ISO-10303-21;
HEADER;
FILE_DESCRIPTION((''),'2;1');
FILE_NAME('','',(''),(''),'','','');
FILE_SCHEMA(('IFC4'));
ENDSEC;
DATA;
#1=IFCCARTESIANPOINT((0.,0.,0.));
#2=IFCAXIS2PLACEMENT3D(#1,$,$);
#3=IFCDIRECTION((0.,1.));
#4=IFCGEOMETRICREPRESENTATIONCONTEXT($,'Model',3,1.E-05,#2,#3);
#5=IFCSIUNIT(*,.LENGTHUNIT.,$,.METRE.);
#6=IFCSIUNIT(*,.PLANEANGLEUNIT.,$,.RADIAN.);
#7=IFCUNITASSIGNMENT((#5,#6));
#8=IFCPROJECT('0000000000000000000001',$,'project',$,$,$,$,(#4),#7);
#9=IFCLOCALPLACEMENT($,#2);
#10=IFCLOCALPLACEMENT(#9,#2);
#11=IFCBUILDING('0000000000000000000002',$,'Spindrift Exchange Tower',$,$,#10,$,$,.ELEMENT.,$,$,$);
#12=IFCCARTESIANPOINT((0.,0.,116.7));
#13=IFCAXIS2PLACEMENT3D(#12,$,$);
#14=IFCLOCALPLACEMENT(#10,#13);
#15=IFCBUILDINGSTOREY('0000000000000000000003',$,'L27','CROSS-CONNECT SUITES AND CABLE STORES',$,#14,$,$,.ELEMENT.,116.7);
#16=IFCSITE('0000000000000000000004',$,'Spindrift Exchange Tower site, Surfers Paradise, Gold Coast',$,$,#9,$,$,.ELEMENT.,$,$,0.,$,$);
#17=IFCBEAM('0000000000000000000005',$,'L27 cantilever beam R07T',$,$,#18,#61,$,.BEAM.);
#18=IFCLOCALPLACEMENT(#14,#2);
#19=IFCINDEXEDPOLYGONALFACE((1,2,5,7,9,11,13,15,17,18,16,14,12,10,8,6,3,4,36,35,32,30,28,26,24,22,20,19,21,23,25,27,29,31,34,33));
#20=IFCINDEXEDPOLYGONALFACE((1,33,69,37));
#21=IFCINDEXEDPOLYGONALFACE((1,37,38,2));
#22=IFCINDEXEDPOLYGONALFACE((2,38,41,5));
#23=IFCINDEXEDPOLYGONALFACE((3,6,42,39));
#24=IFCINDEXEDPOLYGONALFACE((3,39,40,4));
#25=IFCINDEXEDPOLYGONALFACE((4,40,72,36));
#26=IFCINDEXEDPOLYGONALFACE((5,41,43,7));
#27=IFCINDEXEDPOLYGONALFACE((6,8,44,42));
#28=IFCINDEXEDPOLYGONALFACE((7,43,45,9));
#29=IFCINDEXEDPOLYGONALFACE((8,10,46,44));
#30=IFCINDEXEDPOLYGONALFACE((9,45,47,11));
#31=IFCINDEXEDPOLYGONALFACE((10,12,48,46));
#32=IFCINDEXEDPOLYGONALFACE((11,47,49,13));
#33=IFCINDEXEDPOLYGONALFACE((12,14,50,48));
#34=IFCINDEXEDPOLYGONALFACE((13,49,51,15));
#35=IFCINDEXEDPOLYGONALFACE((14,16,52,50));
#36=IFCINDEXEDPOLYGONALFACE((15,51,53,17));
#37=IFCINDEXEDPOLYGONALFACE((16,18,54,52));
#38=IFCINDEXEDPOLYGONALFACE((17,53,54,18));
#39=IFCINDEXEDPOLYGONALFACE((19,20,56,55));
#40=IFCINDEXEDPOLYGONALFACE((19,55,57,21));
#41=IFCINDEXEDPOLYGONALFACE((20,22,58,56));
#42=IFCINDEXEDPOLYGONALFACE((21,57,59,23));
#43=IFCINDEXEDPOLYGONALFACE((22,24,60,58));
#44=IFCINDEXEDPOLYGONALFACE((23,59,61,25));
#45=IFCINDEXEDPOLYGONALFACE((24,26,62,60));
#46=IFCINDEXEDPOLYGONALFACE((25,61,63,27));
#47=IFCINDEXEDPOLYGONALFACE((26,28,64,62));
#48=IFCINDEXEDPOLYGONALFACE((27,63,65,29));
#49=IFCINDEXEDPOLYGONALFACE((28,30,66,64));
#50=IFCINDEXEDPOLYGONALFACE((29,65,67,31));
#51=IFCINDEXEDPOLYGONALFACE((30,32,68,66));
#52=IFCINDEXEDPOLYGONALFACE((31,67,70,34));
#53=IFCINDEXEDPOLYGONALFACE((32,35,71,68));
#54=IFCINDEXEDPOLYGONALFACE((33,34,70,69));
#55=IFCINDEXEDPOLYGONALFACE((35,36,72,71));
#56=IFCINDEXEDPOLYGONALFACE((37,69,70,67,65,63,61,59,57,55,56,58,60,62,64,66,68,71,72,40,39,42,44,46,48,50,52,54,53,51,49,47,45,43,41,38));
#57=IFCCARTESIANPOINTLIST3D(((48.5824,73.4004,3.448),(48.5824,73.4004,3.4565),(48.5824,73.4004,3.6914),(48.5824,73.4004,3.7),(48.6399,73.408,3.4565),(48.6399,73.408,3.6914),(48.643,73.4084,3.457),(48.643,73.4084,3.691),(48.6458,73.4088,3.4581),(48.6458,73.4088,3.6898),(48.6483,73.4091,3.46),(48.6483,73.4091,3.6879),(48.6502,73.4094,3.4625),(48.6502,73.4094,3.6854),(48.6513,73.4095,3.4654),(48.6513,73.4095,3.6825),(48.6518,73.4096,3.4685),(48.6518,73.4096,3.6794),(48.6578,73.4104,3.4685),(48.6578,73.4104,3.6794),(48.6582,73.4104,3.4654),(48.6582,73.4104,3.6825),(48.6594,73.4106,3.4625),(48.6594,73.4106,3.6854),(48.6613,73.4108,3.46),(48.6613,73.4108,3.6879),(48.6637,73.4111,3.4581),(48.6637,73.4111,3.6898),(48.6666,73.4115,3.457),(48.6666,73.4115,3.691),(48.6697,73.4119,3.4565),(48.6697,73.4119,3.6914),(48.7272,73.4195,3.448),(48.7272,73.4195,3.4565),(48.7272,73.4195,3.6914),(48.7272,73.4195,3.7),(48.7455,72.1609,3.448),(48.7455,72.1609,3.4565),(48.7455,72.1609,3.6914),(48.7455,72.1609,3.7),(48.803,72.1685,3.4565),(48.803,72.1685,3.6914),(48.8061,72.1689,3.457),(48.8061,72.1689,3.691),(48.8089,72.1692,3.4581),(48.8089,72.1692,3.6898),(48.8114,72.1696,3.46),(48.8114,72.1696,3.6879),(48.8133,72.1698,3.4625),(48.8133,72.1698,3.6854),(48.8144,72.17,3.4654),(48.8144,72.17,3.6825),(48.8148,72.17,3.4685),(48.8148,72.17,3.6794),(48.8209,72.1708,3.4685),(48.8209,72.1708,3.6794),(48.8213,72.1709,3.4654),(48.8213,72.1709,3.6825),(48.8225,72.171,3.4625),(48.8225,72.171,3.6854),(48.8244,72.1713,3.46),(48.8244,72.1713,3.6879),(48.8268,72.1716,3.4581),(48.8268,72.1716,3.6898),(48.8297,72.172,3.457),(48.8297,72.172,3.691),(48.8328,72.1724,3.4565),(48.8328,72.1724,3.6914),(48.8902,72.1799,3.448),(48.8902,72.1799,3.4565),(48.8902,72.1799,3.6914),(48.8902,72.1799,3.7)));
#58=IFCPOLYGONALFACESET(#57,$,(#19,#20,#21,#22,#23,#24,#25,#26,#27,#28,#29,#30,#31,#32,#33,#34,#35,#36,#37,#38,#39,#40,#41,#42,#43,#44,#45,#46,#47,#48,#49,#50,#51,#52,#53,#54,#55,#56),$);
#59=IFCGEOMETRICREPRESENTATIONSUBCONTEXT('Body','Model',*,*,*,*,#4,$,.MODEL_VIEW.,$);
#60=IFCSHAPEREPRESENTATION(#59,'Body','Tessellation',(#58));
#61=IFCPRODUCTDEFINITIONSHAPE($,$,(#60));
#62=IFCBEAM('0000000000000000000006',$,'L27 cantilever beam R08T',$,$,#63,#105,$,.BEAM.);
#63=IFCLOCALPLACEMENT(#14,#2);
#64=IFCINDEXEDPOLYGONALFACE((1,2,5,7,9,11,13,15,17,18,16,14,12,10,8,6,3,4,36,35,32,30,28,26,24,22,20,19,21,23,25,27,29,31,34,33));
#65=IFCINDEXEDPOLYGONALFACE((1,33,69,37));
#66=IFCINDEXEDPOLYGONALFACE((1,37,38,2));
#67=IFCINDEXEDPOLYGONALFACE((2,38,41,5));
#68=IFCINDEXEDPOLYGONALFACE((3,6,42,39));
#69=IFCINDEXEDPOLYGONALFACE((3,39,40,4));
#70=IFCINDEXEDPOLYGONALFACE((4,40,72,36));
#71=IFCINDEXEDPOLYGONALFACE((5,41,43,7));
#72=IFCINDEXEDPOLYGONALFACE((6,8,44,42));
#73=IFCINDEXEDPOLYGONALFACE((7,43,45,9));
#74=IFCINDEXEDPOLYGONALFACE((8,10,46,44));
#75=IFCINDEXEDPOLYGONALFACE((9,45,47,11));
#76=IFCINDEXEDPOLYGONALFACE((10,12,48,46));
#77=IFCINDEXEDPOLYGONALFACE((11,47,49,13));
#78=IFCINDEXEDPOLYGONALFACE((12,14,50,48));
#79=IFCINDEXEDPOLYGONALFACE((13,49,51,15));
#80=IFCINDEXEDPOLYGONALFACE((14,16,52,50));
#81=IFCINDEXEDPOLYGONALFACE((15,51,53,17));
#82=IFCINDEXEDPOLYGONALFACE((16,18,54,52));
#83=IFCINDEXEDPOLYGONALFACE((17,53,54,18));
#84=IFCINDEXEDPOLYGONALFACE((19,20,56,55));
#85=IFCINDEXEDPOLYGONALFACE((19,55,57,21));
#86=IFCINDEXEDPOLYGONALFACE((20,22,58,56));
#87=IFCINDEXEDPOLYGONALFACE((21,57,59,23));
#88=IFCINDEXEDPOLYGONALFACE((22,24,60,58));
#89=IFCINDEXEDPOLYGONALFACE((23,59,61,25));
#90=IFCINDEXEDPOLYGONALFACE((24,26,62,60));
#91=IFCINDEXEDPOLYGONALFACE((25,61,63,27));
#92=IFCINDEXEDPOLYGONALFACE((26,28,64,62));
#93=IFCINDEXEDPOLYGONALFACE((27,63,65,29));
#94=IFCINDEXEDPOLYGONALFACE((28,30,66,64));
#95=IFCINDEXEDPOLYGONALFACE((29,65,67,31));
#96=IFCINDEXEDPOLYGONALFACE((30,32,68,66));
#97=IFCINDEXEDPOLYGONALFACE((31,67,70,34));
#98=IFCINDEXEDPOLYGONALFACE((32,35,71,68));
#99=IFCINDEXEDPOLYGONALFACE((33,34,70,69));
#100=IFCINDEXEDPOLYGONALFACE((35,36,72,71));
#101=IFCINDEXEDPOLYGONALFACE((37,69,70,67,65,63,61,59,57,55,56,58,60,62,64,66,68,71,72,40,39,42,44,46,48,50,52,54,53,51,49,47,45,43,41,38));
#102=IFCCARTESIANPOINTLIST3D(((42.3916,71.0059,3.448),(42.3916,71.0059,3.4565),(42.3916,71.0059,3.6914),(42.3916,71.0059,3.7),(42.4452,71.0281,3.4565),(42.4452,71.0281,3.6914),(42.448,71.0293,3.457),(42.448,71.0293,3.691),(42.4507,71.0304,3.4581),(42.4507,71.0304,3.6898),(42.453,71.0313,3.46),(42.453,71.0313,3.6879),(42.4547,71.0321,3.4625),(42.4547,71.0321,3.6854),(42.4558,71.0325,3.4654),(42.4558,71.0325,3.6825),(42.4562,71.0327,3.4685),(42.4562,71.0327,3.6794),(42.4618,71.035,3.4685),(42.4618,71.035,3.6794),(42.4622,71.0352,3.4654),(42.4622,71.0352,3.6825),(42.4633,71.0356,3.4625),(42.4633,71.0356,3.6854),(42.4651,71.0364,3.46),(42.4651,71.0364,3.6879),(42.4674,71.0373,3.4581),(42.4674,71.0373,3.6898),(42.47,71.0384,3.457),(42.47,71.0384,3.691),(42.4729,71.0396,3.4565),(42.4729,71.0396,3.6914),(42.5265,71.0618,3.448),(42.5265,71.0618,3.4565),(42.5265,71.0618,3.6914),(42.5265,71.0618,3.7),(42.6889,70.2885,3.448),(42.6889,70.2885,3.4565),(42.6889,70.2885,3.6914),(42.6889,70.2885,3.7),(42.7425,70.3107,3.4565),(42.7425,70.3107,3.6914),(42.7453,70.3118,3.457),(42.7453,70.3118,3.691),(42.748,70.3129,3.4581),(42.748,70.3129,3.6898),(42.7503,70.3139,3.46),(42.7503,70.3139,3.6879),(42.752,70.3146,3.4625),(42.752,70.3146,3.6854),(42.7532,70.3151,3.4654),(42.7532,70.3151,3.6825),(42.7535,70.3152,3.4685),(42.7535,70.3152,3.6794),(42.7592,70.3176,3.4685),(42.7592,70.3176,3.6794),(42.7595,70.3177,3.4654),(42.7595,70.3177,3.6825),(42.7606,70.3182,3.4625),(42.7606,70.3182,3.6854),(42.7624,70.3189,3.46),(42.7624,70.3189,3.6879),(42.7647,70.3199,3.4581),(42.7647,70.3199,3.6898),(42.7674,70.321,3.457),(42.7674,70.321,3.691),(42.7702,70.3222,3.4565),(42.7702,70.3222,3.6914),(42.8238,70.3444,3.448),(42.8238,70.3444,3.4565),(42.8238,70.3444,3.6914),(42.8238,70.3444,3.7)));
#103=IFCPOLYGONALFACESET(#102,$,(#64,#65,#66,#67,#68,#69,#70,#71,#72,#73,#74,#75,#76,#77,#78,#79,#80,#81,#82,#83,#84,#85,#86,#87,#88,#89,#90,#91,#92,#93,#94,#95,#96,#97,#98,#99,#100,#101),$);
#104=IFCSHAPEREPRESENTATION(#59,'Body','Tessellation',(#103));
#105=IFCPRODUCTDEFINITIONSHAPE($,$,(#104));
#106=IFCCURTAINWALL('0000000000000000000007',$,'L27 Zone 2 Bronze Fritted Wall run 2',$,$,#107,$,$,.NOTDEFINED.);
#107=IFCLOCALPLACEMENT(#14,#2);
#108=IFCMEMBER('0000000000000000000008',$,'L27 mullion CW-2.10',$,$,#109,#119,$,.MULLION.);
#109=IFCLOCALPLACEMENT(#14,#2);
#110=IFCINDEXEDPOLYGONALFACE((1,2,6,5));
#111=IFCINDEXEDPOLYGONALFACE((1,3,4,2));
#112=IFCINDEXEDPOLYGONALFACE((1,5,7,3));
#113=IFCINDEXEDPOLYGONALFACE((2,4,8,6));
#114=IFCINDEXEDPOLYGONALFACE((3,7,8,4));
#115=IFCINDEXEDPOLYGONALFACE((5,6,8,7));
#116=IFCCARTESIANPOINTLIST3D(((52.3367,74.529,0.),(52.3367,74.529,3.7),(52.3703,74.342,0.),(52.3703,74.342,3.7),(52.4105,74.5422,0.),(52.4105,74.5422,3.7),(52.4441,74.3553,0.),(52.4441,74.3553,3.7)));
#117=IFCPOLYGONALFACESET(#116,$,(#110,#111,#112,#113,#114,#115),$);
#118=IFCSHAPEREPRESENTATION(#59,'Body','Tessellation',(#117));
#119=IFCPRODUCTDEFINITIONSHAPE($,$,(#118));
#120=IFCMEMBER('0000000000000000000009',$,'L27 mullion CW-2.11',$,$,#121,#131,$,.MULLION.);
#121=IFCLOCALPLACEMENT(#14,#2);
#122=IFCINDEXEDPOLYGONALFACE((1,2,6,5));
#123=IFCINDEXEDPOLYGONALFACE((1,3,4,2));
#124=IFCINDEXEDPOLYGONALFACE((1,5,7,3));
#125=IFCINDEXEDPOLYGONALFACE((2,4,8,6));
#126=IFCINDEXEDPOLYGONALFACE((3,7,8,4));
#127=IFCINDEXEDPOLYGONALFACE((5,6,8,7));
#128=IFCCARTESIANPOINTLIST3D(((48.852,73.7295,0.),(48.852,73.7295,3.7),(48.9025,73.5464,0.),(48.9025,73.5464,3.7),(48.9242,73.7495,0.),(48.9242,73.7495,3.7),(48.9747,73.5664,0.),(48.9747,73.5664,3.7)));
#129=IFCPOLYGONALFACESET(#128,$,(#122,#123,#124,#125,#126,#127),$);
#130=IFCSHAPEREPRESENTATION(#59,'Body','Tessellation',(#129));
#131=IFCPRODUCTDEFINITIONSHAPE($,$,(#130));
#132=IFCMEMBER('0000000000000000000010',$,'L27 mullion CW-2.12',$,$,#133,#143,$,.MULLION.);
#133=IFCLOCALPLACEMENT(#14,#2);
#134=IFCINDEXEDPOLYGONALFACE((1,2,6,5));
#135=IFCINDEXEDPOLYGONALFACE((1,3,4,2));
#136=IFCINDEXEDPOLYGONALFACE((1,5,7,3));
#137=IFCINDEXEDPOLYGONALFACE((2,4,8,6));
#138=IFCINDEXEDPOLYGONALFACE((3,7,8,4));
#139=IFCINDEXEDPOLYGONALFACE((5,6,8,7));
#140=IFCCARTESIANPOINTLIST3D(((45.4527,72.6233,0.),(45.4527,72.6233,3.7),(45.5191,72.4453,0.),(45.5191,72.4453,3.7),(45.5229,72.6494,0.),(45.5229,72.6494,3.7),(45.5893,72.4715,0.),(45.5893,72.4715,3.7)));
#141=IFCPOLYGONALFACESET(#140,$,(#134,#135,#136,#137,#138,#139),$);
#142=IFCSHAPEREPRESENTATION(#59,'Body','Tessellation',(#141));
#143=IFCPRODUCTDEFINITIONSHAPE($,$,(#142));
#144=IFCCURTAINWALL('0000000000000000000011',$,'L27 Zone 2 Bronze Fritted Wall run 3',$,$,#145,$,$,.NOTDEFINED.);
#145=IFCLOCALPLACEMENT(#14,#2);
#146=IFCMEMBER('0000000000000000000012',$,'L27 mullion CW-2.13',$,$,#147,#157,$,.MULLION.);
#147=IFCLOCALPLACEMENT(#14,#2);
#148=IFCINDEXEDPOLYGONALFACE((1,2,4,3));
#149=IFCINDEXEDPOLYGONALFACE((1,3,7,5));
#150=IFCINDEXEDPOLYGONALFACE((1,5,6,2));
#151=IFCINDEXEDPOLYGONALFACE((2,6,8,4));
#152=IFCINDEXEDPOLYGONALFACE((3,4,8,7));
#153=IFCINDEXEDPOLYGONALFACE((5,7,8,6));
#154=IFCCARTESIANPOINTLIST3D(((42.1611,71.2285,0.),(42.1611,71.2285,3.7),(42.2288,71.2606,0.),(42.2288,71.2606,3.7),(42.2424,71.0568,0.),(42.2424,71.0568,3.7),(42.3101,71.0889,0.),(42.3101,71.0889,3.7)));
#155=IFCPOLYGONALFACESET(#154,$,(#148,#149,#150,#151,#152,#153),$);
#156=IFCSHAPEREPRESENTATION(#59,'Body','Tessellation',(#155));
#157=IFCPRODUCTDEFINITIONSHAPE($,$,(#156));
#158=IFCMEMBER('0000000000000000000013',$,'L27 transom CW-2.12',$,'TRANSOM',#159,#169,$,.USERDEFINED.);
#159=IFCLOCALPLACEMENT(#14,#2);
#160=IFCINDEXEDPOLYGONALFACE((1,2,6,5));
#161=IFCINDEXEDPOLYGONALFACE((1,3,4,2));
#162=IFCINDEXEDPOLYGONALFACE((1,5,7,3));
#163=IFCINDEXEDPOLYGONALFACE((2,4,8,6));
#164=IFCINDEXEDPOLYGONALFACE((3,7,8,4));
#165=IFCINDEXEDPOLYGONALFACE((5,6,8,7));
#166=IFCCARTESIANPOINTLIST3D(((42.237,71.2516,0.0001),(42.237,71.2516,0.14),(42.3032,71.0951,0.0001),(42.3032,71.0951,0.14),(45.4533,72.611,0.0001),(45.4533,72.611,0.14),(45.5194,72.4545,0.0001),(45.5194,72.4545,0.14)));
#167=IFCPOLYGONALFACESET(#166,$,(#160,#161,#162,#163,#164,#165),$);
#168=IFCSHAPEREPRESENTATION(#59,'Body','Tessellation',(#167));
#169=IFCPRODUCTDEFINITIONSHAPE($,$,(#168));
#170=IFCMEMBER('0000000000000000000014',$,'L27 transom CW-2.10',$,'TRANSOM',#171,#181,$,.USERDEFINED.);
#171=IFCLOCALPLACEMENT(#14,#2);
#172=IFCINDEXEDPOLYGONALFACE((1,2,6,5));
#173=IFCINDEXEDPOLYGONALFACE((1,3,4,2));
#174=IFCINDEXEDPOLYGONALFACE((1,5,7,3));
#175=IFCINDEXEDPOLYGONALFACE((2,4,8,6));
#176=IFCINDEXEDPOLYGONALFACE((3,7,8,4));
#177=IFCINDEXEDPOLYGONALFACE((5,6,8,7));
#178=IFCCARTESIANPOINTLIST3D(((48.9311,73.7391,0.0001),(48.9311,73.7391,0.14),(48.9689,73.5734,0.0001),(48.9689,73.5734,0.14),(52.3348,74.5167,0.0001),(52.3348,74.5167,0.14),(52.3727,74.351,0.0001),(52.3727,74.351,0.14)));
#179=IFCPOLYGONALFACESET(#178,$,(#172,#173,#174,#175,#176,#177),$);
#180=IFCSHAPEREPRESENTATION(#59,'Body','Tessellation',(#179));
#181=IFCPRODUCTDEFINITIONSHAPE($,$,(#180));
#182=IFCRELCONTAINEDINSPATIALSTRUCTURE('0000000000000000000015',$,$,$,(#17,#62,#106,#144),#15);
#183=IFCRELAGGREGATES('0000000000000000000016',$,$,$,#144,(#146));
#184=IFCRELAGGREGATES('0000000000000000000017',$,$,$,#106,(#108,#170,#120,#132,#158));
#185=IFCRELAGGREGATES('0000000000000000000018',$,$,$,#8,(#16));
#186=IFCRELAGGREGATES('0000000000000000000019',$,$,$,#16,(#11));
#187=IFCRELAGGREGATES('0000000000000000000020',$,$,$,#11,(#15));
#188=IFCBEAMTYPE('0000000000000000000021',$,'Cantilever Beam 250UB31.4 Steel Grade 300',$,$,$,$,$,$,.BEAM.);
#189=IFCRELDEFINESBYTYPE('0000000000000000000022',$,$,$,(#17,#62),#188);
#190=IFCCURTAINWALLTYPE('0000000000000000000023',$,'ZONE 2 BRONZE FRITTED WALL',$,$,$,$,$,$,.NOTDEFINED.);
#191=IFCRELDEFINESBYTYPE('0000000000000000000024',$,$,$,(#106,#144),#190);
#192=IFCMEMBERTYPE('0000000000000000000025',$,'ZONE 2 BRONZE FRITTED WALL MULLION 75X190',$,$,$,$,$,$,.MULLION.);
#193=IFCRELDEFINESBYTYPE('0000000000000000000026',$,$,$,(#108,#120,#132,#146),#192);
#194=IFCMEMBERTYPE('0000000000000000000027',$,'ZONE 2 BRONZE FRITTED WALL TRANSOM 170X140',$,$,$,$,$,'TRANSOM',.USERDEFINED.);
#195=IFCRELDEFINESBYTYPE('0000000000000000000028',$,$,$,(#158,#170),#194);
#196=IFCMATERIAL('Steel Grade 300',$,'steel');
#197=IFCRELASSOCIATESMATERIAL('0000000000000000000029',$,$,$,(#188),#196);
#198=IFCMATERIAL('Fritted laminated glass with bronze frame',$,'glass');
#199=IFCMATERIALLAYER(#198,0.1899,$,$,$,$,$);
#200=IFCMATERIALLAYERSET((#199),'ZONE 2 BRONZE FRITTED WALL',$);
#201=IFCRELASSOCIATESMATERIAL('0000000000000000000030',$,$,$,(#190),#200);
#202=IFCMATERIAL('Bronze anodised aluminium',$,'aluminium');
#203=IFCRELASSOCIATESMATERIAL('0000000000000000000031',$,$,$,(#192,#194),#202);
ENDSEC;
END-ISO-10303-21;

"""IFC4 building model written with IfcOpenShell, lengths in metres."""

from ifc_helpers import new_model, si_unit, direction, frame, origin, origin_2d, place, context, subcontext, project, spatial, rectangle, i_section, extrude, source, transform, mapped, material, layer, layer_set, material_profile, profile_set, type_object, element, aggregate, save


model = new_model("IFC4")

# Units and contexts
model_context = context("Model", 3, precision=1e-05, world=origin(), true_north=direction((0.0, 1.0)))
body_context = subcontext(model_context, "Body", "Model", "MODEL_VIEW")
ifc_project = project(units=[si_unit("LENGTHUNIT", "METRE"), si_unit("PLANEANGLEUNIT", "RADIAN")], contexts=[model_context])

# Site, building, storey
site_placement = place(None, origin())
site = spatial("IfcSite", under=ifc_project, at=site_placement, Name="Spindrift Exchange Tower site, Surfers Paradise, Gold Coast", CompositionType="ELEMENT", RefElevation=0.0)
building_placement = place(site_placement, origin())
building = spatial("IfcBuilding", under=site, at=building_placement, Name="Spindrift Exchange Tower", CompositionType="ELEMENT")
storey_placement = place(building_placement, frame((0.0, 0.0, 116.7)))
storey = spatial("IfcBuildingStorey", under=building, at=storey_placement, Name="L27", Description="CROSS-CONNECT SUITES AND CABLE STORES", CompositionType="ELEMENT", Elevation=116.7)

# Beams
ifc_material_1 = material(Name="Steel Grade 300", Category="steel")
ifc_material_profile_1 = material_profile(ifc_material_1, i_section(OverallWidth=0.146, OverallDepth=0.252, WebThickness=0.0061, FlangeThickness=0.0085, FilletRadius=0.012, at=origin_2d()), Name="250UB31.4")
ifc_profile_set_1 = profile_set([ifc_material_profile_1], Name="Steel Grade 300")
beam_type_1 = type_object("IfcBeamType", Name="Cantilever Beam 250UB31.4 Steel Grade 300", PredefinedType="BEAM", material=ifc_profile_set_1)
shared_shape_1 = source(origin(), body_context, "Body", "SweptSolid", [
    extrude(i_section(OverallWidth=0.146, OverallDepth=0.252, WebThickness=0.0061, FlangeThickness=0.0085, FilletRadius=0.012, at=origin_2d()), origin(), (0.0, 0.0, 1.0), 1.2502),
])
beam_1_placement = place(storey_placement, frame((48.8179, 72.1704, 3.574), z_axis=(-0.130449, 0.991455, 0.0), x_axis=(-0.991455, -0.130449, 0.0)))
element("IfcBeam", 1, at=beam_1_placement, inside=storey, type_object=beam_type_1, Name="L27 cantilever beam R07T", PredefinedType="BEAM", context=body_context, shape_type="MappedRepresentation", body=[
    mapped(shared_shape_1, transform((0.0, 0.0, 0.0), scale=1.0)),
])
shared_shape_2 = source(origin(), body_context, "Body", "SweptSolid", [
    extrude(i_section(OverallWidth=0.146, OverallDepth=0.252, WebThickness=0.0061, FlangeThickness=0.0085, FilletRadius=0.012, at=origin_2d()), origin(), (0.0, 0.0, 1.0), 0.7766),
])
beam_2_placement = place(storey_placement, frame((42.7563, 70.3164, 3.574), z_axis=(-0.382851, 0.92381, 0.0), x_axis=(-0.92381, -0.382851, 0.0)))
element("IfcBeam", 2, at=beam_2_placement, inside=storey, type_object=beam_type_1, Name="L27 cantilever beam R08T", PredefinedType="BEAM", context=body_context, shape_type="MappedRepresentation", body=[
    mapped(shared_shape_2, transform((0.0, 0.0, 0.0), scale=1.0)),
])

# Curtain wall, members
ifc_material_2 = material(Name="Fritted laminated glass with bronze frame", Category="glass")
ifc_layer_1 = layer(ifc_material_2, 0.1899)
ifc_layer_set_1 = layer_set([ifc_layer_1], Name="ZONE 2 BRONZE FRITTED WALL")
curtain_wall_type = type_object("IfcCurtainWallType", Name="ZONE 2 BRONZE FRITTED WALL", PredefinedType="NOTDEFINED", material=ifc_layer_set_1)
curtain_wall_1_placement = place(storey_placement, origin())
curtain_wall_1 = element("IfcCurtainWall", 3, at=curtain_wall_1_placement, inside=storey, type_object=curtain_wall_type, Name="L27 Zone 2 Bronze Fritted Wall run 2", PredefinedType="NOTDEFINED")
ifc_material_3 = material(Name="Bronze anodised aluminium", Category="aluminium")
ifc_material_profile_2 = material_profile(ifc_material_3, rectangle(XDim=0.075, YDim=0.1899, at=origin_2d()), Name="ZONE 2 BRONZE FRITTED WALL MULLION 75X190")
ifc_profile_set_2 = profile_set([ifc_material_profile_2], Name="Bronze anodised aluminium")
member_type_1 = type_object("IfcMemberType", Name="ZONE 2 BRONZE FRITTED WALL MULLION 75X190", PredefinedType="MULLION", material=ifc_profile_set_2)
shared_shape_3 = source(origin(), body_context, "Body", "SweptSolid", [
    extrude(rectangle(XDim=0.075, YDim=0.1899, at=origin_2d()), origin(), (0.0, 0.0, 1.0), 3.7),
])
member_1_placement = place(storey_placement, frame((52.3904, 74.4421, 0.0), z_axis=(0.0, 0.0, 1.0), x_axis=(-0.98423, -0.176893, 0.0)))
member_1 = element("IfcMember", 4, at=member_1_placement, type_object=member_type_1, Name="L27 mullion CW-2.10", PredefinedType="MULLION", context=body_context, shape_type="MappedRepresentation", body=[
    mapped(shared_shape_3, transform((0.0, 0.0, 0.0), scale=1.0)),
])
member_2_placement = place(storey_placement, frame((48.9133, 73.6479, 0.0), z_axis=(0.0, 0.0, 1.0), x_axis=(-0.964001, -0.265898, 0.0)))
member_2 = element("IfcMember", 5, at=member_2_placement, type_object=member_type_1, Name="L27 mullion CW-2.11", PredefinedType="MULLION", context=body_context, shape_type="MappedRepresentation", body=[
    mapped(shared_shape_3, transform((0.0, 0.0, 0.0), scale=1.0)),
])
member_3_placement = place(storey_placement, frame((45.521, 72.5474, 0.0), z_axis=(0.0, 0.0, 1.0), x_axis=(-0.937018, -0.34928, 0.0)))
member_3 = element("IfcMember", 6, at=member_3_placement, type_object=member_type_1, Name="L27 mullion CW-2.12", PredefinedType="MULLION", context=body_context, shape_type="MappedRepresentation", body=[
    mapped(shared_shape_3, transform((0.0, 0.0, 0.0), scale=1.0)),
])

# Curtain wall, member
curtain_wall_2_placement = place(storey_placement, origin())
curtain_wall_2 = element("IfcCurtainWall", 7, at=curtain_wall_2_placement, inside=storey, type_object=curtain_wall_type, Name="L27 Zone 2 Bronze Fritted Wall run 3", PredefinedType="NOTDEFINED")
member_4_placement = place(storey_placement, frame((42.2356, 71.1587, 0.0), z_axis=(0.0, 0.0, 1.0), x_axis=(-0.903808, -0.427939, 0.0)))
member_4 = element("IfcMember", 8, at=member_4_placement, type_object=member_type_1, Name="L27 mullion CW-2.13", PredefinedType="MULLION", context=body_context, shape_type="MappedRepresentation", body=[
    mapped(shared_shape_3, transform((0.0, 0.0, 0.0), scale=1.0)),
])

# Members
ifc_material_profile_3 = material_profile(ifc_material_3, rectangle(XDim=0.1699, YDim=0.1399, at=origin_2d()), Name="ZONE 2 BRONZE FRITTED WALL TRANSOM 170X140")
ifc_profile_set_3 = profile_set([ifc_material_profile_3], Name="Bronze anodised aluminium")
member_type_2 = type_object("IfcMemberType", Name="ZONE 2 BRONZE FRITTED WALL TRANSOM 170X140", ElementType="TRANSOM", PredefinedType="USERDEFINED", material=ifc_profile_set_3)
shared_shape_4 = source(origin(), body_context, "Body", "SweptSolid", [
    extrude(rectangle(XDim=0.1699, YDim=0.1399, at=origin_2d()), origin(), (0.0, 0.0, 1.0), 3.4917),
])
member_5_placement = place(storey_placement, frame((45.4863, 72.5327, 0.0701), z_axis=(-0.921108, -0.389307, 0.0), x_axis=(0.389307, -0.921108, 0.0)))
member_5 = element("IfcMember", 9, at=member_5_placement, type_object=member_type_2, Name="L27 transom CW-2.12", ObjectType="TRANSOM", PredefinedType="USERDEFINED", context=body_context, shape_type="MappedRepresentation", body=[
    mapped(shared_shape_4, transform((0.0, 0.0, 0.0), scale=1.0)),
])
shared_shape_5 = source(origin(), body_context, "Body", "SweptSolid", [
    extrude(rectangle(XDim=0.1699, YDim=0.1399, at=origin_2d()), origin(), (0.0, 0.0, 1.0), 3.4915),
])
member_6_placement = place(storey_placement, frame((52.3538, 74.4338, 0.0701), z_axis=(-0.974885, -0.222709, 0.0), x_axis=(0.222709, -0.974885, 0.0)))
member_6 = element("IfcMember", 10, at=member_6_placement, type_object=member_type_2, Name="L27 transom CW-2.10", ObjectType="TRANSOM", PredefinedType="USERDEFINED", context=body_context, shape_type="MappedRepresentation", body=[
    mapped(shared_shape_5, transform((0.0, 0.0, 0.0), scale=1.0)),
])
aggregate(curtain_wall_2, [member_4])

aggregate(curtain_wall_1, [member_1, member_6, member_2, member_3, member_5])

save(model, "model.ifc")
